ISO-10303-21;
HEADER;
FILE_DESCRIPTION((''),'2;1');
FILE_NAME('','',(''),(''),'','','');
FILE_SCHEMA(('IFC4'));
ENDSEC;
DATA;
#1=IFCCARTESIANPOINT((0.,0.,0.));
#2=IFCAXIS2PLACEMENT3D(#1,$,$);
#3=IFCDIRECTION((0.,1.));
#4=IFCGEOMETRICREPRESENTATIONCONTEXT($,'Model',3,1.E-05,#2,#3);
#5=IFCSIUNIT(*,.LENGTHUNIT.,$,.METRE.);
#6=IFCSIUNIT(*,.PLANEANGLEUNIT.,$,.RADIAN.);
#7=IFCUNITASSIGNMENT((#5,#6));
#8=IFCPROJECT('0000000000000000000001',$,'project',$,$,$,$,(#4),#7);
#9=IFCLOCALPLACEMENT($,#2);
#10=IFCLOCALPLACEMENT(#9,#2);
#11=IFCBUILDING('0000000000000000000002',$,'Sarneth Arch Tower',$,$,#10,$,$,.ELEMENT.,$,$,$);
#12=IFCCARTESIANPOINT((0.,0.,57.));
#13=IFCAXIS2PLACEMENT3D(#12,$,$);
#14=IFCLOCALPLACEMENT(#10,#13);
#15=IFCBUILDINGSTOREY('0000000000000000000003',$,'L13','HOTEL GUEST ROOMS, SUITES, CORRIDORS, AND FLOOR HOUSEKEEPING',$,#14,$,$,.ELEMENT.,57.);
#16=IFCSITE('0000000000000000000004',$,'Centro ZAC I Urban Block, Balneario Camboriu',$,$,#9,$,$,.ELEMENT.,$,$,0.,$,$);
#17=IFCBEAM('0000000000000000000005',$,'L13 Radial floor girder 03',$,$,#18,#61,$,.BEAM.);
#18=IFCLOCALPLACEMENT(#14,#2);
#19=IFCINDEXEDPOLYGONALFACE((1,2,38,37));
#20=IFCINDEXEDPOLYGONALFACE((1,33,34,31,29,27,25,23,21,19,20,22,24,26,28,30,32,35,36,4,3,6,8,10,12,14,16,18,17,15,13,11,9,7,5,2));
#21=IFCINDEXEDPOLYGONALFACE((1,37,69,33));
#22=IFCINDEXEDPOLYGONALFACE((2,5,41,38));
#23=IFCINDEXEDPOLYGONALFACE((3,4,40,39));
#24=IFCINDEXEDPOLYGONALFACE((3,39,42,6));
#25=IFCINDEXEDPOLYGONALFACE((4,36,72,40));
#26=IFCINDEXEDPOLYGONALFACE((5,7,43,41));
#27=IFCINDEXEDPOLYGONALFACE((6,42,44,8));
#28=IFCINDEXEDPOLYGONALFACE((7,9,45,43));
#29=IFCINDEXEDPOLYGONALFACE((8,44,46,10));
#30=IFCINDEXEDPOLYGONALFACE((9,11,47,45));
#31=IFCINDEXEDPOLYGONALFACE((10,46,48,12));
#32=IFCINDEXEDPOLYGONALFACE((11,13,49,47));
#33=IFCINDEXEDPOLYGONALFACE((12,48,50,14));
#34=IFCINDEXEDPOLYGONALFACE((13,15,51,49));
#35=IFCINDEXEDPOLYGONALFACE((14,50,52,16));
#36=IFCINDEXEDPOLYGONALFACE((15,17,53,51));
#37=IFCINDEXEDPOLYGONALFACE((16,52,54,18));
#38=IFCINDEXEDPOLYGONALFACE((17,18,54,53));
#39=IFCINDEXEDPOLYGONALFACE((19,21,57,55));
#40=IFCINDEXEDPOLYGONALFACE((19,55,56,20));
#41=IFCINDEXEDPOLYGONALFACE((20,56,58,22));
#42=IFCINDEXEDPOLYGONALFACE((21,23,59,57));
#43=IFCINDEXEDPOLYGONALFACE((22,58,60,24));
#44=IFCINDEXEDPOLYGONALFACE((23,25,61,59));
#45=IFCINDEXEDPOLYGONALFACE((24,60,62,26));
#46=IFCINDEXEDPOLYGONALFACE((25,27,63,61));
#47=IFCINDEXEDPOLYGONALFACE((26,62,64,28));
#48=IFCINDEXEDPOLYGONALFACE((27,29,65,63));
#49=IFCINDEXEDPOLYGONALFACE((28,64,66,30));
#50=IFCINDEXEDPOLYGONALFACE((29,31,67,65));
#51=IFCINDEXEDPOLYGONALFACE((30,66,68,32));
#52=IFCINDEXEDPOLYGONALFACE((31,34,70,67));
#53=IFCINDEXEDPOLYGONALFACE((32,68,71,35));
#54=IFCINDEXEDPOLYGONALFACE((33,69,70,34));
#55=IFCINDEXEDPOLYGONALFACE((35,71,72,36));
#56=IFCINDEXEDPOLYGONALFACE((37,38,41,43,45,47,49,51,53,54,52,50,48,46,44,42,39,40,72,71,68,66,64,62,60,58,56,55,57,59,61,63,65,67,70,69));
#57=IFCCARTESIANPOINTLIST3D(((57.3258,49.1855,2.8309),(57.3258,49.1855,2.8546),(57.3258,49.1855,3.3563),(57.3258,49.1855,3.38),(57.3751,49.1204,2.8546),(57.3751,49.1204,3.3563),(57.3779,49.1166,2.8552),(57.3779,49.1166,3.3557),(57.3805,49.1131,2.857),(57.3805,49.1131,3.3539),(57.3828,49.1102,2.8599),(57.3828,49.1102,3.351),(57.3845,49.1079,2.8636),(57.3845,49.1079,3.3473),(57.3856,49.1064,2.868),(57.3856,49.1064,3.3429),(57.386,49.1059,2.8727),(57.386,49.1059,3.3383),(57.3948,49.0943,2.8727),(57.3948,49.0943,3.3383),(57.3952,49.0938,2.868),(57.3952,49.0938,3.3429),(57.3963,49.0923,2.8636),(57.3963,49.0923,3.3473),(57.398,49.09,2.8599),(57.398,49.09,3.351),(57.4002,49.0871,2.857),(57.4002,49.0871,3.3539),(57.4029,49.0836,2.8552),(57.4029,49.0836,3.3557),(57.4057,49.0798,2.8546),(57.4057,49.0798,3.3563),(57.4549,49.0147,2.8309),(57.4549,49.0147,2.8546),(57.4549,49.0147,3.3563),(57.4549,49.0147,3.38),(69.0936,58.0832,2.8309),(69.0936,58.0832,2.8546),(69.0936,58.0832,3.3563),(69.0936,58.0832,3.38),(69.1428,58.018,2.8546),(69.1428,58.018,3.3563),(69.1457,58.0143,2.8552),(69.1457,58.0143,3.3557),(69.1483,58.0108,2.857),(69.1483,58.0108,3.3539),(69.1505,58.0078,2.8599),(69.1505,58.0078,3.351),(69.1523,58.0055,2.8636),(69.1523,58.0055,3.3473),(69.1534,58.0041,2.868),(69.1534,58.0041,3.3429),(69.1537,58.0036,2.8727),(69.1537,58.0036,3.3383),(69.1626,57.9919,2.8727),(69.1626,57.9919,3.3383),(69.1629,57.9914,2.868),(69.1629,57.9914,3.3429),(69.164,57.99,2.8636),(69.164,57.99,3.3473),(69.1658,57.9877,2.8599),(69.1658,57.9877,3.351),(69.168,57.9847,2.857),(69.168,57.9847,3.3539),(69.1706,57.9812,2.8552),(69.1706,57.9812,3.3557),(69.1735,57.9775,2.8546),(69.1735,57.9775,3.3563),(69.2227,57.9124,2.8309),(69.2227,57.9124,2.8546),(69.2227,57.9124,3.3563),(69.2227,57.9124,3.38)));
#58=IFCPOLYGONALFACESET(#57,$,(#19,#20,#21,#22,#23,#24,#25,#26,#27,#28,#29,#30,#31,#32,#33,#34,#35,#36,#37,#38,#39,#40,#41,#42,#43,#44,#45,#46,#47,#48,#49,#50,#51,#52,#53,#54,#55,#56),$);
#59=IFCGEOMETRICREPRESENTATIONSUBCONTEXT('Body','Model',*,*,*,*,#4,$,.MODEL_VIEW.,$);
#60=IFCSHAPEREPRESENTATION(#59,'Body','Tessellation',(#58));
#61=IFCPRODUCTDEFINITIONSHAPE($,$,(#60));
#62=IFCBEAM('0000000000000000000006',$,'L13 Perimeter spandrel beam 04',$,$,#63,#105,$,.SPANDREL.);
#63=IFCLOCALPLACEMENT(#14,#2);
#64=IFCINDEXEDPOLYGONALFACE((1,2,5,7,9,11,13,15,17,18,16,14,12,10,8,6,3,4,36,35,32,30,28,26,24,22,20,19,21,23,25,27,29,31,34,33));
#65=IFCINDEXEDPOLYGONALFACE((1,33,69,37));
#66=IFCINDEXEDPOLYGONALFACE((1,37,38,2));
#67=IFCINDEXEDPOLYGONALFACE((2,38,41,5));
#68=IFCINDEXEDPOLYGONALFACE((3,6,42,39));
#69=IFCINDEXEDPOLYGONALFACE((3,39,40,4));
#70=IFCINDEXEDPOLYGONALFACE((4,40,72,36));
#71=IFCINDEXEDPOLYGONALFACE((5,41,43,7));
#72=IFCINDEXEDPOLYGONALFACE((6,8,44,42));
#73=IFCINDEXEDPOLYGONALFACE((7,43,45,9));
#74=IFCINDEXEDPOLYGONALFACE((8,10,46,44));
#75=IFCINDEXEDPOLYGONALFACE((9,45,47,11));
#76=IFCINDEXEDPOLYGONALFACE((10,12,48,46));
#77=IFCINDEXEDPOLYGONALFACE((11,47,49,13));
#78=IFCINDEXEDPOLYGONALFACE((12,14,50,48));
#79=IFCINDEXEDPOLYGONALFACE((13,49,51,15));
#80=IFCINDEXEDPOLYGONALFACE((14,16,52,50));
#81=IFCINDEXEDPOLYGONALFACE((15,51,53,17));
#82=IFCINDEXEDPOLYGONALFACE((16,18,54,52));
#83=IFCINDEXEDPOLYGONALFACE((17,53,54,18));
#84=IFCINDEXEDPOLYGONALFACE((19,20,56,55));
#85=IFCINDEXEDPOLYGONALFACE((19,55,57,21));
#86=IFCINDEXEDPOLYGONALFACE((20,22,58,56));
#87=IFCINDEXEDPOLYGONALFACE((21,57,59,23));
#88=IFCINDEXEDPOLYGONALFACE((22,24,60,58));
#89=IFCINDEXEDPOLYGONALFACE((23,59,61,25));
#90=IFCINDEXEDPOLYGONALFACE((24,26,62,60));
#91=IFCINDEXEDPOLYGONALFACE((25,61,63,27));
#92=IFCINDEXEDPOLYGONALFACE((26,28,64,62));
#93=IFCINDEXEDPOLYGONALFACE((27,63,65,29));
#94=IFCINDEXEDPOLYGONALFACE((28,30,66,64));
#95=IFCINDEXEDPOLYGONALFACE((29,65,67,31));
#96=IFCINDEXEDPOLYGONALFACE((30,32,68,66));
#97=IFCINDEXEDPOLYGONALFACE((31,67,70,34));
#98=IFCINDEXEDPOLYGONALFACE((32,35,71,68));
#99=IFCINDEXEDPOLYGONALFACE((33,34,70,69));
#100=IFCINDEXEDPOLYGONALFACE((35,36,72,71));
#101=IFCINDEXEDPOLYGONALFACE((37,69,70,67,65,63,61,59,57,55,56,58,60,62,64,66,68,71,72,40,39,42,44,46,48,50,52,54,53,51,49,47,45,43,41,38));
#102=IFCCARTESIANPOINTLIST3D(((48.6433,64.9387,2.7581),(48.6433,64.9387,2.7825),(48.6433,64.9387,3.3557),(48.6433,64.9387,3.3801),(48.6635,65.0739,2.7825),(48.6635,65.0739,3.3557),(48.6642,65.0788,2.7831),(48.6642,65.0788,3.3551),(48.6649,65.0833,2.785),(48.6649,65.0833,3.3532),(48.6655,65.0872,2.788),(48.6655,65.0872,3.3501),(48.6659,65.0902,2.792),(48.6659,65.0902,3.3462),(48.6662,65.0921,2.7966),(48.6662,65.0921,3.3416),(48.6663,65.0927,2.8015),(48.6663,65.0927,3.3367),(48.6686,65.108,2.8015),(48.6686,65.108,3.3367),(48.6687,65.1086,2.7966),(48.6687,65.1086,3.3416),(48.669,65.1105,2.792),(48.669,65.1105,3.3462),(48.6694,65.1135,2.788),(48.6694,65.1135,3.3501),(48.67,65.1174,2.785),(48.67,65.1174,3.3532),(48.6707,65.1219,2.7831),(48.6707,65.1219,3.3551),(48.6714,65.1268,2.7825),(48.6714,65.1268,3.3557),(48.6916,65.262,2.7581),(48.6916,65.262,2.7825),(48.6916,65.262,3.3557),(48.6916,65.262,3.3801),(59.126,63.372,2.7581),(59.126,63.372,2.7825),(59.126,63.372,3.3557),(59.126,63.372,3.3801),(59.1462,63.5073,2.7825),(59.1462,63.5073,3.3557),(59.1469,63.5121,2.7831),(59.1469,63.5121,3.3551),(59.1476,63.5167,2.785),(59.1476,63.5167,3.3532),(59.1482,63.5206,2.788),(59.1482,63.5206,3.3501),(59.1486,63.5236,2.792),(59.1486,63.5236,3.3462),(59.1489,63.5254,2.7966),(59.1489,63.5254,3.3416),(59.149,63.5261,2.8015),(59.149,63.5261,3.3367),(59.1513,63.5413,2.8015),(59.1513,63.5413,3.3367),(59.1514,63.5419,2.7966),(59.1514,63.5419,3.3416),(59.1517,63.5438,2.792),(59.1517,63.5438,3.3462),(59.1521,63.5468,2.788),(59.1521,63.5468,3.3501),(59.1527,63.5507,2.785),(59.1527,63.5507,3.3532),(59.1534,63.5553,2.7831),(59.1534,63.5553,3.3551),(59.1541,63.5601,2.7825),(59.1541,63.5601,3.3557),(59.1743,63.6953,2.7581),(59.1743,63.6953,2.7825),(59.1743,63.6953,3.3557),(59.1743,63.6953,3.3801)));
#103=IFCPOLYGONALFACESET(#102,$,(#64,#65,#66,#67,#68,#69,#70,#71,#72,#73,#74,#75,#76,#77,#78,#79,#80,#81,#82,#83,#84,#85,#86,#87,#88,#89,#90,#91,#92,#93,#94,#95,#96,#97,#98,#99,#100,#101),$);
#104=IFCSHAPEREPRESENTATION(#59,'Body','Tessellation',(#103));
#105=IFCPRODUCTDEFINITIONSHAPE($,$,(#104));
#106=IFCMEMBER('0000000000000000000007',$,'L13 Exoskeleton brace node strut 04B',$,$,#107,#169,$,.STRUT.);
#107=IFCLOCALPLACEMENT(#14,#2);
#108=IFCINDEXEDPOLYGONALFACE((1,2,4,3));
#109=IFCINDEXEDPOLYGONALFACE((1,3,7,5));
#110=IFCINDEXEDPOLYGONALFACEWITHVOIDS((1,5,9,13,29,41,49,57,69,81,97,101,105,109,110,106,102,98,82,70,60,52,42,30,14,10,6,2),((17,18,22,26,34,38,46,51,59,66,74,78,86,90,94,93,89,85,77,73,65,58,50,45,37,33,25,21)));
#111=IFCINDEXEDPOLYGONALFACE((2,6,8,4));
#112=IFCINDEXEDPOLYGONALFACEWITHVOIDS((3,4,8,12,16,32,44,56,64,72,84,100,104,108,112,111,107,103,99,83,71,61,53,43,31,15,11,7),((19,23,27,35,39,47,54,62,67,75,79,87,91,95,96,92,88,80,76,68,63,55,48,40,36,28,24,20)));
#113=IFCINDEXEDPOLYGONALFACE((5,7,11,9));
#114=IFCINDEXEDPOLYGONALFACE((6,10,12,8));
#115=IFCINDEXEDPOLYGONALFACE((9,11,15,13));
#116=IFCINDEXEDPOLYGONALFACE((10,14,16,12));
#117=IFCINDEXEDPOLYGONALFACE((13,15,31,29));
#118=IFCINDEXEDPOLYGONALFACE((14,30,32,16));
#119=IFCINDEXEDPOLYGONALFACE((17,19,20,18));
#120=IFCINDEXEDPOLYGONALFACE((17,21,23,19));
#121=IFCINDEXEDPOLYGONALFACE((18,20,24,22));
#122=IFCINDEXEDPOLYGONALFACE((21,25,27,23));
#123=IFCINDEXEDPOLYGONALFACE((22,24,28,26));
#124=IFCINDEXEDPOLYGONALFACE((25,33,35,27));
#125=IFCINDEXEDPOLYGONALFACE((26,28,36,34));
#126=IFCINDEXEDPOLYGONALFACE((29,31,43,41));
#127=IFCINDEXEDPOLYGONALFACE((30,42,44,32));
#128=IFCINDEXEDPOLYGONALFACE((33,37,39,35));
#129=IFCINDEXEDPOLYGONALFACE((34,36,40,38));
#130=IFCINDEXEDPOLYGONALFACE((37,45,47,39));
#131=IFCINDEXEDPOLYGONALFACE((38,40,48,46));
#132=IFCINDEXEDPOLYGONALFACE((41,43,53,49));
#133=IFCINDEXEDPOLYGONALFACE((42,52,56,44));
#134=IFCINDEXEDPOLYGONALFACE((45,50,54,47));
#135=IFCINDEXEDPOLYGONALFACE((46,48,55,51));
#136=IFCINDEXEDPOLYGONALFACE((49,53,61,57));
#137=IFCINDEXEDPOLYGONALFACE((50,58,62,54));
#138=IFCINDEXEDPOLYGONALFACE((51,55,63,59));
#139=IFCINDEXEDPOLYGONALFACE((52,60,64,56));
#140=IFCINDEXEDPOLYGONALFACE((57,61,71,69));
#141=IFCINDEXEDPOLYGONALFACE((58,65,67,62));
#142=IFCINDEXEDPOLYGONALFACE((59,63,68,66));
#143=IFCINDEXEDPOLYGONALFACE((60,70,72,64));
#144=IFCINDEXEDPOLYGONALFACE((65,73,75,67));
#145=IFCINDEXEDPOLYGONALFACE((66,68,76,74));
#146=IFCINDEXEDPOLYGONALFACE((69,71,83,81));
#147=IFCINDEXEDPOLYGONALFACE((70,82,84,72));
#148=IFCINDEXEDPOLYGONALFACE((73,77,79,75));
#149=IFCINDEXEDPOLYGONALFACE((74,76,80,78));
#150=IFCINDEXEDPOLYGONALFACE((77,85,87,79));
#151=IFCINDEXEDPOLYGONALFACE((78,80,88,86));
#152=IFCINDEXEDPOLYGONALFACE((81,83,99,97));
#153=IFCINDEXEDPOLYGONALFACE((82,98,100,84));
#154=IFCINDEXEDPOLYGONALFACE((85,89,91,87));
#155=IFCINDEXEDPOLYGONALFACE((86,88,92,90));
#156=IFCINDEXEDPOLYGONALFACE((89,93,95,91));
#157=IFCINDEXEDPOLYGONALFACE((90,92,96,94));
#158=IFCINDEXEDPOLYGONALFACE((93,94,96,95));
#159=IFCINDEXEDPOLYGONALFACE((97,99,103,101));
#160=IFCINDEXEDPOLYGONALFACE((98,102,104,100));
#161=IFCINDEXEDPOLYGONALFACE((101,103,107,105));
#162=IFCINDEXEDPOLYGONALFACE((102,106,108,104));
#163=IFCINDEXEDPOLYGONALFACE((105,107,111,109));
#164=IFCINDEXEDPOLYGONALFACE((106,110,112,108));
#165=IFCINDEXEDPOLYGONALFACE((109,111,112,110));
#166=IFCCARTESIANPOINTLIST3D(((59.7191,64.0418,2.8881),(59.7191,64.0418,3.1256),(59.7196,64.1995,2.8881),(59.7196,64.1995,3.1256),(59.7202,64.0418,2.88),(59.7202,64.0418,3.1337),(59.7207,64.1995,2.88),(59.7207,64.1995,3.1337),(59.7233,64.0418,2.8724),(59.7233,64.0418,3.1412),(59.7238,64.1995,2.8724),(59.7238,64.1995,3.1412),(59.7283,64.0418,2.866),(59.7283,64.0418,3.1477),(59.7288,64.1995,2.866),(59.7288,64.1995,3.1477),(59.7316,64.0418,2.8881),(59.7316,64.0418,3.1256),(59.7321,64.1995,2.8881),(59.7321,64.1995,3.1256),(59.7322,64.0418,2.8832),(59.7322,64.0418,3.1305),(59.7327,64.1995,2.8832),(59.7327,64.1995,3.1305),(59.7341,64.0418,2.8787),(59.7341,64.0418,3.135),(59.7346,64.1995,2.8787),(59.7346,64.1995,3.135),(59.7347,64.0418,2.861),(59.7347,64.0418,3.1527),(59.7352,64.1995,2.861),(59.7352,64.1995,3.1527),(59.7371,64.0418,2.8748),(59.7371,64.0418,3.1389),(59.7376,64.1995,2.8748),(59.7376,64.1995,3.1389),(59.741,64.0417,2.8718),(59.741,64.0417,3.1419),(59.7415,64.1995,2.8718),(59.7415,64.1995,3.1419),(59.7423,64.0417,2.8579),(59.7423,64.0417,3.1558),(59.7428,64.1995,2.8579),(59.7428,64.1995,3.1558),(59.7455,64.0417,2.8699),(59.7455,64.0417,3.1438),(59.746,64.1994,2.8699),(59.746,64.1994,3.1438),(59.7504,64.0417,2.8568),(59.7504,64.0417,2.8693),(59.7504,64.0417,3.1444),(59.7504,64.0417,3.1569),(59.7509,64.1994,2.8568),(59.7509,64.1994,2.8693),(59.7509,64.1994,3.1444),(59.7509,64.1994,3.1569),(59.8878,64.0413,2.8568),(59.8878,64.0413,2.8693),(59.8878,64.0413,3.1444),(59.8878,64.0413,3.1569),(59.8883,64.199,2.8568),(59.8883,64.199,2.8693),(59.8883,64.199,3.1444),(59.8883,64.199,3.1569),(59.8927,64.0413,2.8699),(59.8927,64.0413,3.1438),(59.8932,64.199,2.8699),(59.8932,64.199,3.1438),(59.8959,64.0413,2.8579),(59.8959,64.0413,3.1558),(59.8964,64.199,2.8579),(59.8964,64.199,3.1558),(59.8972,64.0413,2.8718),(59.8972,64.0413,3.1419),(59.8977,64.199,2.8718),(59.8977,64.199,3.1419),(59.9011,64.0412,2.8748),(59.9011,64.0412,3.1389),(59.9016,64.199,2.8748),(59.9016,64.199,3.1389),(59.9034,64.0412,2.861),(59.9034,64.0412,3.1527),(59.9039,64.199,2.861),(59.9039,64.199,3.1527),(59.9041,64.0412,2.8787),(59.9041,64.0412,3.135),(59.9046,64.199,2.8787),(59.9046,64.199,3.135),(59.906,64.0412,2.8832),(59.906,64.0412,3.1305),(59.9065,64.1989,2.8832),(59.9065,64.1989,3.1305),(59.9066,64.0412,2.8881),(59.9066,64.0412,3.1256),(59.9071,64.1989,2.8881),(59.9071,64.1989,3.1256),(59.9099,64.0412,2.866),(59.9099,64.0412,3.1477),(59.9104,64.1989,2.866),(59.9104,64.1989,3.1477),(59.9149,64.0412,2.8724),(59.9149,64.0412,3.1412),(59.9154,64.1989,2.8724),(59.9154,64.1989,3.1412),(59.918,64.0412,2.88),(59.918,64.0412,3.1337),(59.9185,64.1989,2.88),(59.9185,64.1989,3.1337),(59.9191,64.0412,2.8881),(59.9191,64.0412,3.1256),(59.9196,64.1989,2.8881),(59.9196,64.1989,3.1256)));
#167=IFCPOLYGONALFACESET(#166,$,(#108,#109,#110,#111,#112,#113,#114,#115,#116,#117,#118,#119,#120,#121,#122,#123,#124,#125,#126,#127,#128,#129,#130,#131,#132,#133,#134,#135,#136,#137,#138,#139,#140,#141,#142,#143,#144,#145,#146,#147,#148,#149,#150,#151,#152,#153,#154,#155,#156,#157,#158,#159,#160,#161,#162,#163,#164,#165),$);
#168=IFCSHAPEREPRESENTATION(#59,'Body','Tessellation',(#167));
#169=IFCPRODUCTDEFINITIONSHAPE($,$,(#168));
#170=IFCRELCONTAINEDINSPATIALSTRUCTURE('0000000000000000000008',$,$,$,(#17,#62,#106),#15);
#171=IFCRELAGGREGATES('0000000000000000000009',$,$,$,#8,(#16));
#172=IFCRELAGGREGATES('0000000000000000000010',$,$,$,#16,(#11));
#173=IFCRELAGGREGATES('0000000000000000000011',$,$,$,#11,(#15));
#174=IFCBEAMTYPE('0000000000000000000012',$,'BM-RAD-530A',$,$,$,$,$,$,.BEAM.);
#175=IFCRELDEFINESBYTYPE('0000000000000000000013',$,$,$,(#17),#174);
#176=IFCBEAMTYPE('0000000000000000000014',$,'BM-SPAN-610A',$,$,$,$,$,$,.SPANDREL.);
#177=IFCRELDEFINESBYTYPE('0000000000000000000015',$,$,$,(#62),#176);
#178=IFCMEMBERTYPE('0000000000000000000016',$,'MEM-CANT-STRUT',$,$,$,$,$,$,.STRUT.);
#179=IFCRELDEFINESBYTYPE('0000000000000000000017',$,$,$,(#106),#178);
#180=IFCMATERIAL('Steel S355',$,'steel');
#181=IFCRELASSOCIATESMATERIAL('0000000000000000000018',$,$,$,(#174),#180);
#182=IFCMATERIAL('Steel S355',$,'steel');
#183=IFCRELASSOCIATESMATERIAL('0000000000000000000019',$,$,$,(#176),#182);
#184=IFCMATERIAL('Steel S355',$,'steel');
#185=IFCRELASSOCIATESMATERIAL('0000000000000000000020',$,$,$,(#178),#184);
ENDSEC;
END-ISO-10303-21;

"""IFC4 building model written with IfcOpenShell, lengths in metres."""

from ifc_helpers import new_model, si_unit, direction, frame, origin, origin_2d, place, context, subcontext, project, spatial, hollow_rectangle, i_section, extrude, material, material_profile, profile_set, type_object, element, save


model = new_model("IFC4")

# Units and contexts
model_context = context("Model", 3, precision=1e-05, world=origin(), true_north=direction((0.0, 1.0)))
body_context = subcontext(model_context, "Body", "Model", "MODEL_VIEW")
ifc_project = project(units=[si_unit("LENGTHUNIT", "METRE"), si_unit("PLANEANGLEUNIT", "RADIAN")], contexts=[model_context])

# Site, building, storey
site_placement = place(None, origin())
site = spatial("IfcSite", under=ifc_project, at=site_placement, Name="Centro ZAC I Urban Block, Balneario Camboriu", CompositionType="ELEMENT", RefElevation=0.0)
building_placement = place(site_placement, origin())
building = spatial("IfcBuilding", under=site, at=building_placement, Name="Sarneth Arch Tower", CompositionType="ELEMENT")
storey_placement = place(building_placement, frame((0.0, 0.0, 57.0)))
storey = spatial("IfcBuildingStorey", under=building, at=storey_placement, Name="L13", Description="HOTEL GUEST ROOMS, SUITES, CORRIDORS, AND FLOOR HOUSEKEEPING", CompositionType="ELEMENT", Elevation=57.0)

# Beams
ifc_material_1 = material(Name="Steel S355", Category="steel")
ifc_material_profile_1 = material_profile(ifc_material_1, i_section(OverallWidth=0.2141, OverallDepth=0.5491, WebThickness=0.0146, FlangeThickness=0.0237, FilletRadius=0.0181, at=origin_2d()), Name="W530x138")
ifc_profile_set_1 = profile_set([ifc_material_profile_1], Name="Steel S355")
beam_type_1 = type_object("IfcBeamType", Name="BM-RAD-530A", PredefinedType="BEAM", material=ifc_profile_set_1)
beam_1_placement = place(storey_placement, frame((57.3904, 49.1001, 3.1055), z_axis=(0.797657, 0.603112, 0.0), x_axis=(-0.603112, 0.797657, 0.0)))
element("IfcBeam", 1, at=beam_1_placement, inside=storey, type_object=beam_type_1, Name="L13 Radial floor girder 03", PredefinedType="BEAM", context=body_context, shape_type="SweptSolid", body=[
    extrude(i_section(OverallWidth=0.2141, OverallDepth=0.5491, WebThickness=0.0146, FlangeThickness=0.0237, FilletRadius=0.0181, at=origin_2d()), origin(), (0.0, 0.0, 1.0), 14.7529),
])
ifc_material_2 = material(Name="Steel S355", Category="steel")
ifc_material_profile_2 = material_profile(ifc_material_2, i_section(OverallWidth=0.3269, OverallDepth=0.6221, WebThickness=0.0154, FlangeThickness=0.0244, FilletRadius=0.019, at=origin_2d()), Name="W610x195")
ifc_profile_set_2 = profile_set([ifc_material_profile_2], Name="Steel S355")
beam_type_2 = type_object("IfcBeamType", Name="BM-SPAN-610A", PredefinedType="SPANDREL", material=ifc_profile_set_2)
beam_2_placement = place(storey_placement, frame((59.1501, 63.5337, 3.0691), z_axis=(-0.989016, 0.14781, 0.0), x_axis=(-0.14781, -0.989016, 0.0)))
element("IfcBeam", 2, at=beam_2_placement, inside=storey, type_object=beam_type_2, Name="L13 Perimeter spandrel beam 04", PredefinedType="SPANDREL", context=body_context, shape_type="SweptSolid", body=[
    extrude(i_section(OverallWidth=0.3269, OverallDepth=0.6221, WebThickness=0.0154, FlangeThickness=0.0244, FilletRadius=0.019, at=origin_2d()), origin(), (0.0, 0.0, 1.0), 10.5991),
])

# Member
ifc_material_3 = material(Name="Steel S355", Category="steel")
ifc_material_profile_3 = material_profile(ifc_material_3, hollow_rectangle(XDim=0.2, YDim=0.3, WallThickness=0.0125, InnerFilletRadius=0.0188, OuterFilletRadius=0.0312, at=origin_2d()), Name="RHS300x200x12.5")
ifc_profile_set_3 = profile_set([ifc_material_profile_3], Name="Steel S355")
member_type_1 = type_object("IfcMemberType", Name="MEM-CANT-STRUT", PredefinedType="STRUT", material=ifc_profile_set_3)
member_1_placement = place(storey_placement, frame((59.8191, 64.0415, 3.0068), z_axis=(0.003096, 0.999995, 0.0), x_axis=(-0.999995, 0.003096, 0.0)))
element("IfcMember", 3, at=member_1_placement, inside=storey, type_object=member_type_1, Name="L13 Exoskeleton brace node strut 04B", PredefinedType="STRUT", context=body_context, shape_type="SweptSolid", body=[
    extrude(hollow_rectangle(XDim=0.2, YDim=0.3, WallThickness=0.0125, InnerFilletRadius=0.0188, OuterFilletRadius=0.0312, at=origin_2d()), origin(), (0.0, 0.0, 1.0), 0.1577),
])

save(model, "model.ifc")
